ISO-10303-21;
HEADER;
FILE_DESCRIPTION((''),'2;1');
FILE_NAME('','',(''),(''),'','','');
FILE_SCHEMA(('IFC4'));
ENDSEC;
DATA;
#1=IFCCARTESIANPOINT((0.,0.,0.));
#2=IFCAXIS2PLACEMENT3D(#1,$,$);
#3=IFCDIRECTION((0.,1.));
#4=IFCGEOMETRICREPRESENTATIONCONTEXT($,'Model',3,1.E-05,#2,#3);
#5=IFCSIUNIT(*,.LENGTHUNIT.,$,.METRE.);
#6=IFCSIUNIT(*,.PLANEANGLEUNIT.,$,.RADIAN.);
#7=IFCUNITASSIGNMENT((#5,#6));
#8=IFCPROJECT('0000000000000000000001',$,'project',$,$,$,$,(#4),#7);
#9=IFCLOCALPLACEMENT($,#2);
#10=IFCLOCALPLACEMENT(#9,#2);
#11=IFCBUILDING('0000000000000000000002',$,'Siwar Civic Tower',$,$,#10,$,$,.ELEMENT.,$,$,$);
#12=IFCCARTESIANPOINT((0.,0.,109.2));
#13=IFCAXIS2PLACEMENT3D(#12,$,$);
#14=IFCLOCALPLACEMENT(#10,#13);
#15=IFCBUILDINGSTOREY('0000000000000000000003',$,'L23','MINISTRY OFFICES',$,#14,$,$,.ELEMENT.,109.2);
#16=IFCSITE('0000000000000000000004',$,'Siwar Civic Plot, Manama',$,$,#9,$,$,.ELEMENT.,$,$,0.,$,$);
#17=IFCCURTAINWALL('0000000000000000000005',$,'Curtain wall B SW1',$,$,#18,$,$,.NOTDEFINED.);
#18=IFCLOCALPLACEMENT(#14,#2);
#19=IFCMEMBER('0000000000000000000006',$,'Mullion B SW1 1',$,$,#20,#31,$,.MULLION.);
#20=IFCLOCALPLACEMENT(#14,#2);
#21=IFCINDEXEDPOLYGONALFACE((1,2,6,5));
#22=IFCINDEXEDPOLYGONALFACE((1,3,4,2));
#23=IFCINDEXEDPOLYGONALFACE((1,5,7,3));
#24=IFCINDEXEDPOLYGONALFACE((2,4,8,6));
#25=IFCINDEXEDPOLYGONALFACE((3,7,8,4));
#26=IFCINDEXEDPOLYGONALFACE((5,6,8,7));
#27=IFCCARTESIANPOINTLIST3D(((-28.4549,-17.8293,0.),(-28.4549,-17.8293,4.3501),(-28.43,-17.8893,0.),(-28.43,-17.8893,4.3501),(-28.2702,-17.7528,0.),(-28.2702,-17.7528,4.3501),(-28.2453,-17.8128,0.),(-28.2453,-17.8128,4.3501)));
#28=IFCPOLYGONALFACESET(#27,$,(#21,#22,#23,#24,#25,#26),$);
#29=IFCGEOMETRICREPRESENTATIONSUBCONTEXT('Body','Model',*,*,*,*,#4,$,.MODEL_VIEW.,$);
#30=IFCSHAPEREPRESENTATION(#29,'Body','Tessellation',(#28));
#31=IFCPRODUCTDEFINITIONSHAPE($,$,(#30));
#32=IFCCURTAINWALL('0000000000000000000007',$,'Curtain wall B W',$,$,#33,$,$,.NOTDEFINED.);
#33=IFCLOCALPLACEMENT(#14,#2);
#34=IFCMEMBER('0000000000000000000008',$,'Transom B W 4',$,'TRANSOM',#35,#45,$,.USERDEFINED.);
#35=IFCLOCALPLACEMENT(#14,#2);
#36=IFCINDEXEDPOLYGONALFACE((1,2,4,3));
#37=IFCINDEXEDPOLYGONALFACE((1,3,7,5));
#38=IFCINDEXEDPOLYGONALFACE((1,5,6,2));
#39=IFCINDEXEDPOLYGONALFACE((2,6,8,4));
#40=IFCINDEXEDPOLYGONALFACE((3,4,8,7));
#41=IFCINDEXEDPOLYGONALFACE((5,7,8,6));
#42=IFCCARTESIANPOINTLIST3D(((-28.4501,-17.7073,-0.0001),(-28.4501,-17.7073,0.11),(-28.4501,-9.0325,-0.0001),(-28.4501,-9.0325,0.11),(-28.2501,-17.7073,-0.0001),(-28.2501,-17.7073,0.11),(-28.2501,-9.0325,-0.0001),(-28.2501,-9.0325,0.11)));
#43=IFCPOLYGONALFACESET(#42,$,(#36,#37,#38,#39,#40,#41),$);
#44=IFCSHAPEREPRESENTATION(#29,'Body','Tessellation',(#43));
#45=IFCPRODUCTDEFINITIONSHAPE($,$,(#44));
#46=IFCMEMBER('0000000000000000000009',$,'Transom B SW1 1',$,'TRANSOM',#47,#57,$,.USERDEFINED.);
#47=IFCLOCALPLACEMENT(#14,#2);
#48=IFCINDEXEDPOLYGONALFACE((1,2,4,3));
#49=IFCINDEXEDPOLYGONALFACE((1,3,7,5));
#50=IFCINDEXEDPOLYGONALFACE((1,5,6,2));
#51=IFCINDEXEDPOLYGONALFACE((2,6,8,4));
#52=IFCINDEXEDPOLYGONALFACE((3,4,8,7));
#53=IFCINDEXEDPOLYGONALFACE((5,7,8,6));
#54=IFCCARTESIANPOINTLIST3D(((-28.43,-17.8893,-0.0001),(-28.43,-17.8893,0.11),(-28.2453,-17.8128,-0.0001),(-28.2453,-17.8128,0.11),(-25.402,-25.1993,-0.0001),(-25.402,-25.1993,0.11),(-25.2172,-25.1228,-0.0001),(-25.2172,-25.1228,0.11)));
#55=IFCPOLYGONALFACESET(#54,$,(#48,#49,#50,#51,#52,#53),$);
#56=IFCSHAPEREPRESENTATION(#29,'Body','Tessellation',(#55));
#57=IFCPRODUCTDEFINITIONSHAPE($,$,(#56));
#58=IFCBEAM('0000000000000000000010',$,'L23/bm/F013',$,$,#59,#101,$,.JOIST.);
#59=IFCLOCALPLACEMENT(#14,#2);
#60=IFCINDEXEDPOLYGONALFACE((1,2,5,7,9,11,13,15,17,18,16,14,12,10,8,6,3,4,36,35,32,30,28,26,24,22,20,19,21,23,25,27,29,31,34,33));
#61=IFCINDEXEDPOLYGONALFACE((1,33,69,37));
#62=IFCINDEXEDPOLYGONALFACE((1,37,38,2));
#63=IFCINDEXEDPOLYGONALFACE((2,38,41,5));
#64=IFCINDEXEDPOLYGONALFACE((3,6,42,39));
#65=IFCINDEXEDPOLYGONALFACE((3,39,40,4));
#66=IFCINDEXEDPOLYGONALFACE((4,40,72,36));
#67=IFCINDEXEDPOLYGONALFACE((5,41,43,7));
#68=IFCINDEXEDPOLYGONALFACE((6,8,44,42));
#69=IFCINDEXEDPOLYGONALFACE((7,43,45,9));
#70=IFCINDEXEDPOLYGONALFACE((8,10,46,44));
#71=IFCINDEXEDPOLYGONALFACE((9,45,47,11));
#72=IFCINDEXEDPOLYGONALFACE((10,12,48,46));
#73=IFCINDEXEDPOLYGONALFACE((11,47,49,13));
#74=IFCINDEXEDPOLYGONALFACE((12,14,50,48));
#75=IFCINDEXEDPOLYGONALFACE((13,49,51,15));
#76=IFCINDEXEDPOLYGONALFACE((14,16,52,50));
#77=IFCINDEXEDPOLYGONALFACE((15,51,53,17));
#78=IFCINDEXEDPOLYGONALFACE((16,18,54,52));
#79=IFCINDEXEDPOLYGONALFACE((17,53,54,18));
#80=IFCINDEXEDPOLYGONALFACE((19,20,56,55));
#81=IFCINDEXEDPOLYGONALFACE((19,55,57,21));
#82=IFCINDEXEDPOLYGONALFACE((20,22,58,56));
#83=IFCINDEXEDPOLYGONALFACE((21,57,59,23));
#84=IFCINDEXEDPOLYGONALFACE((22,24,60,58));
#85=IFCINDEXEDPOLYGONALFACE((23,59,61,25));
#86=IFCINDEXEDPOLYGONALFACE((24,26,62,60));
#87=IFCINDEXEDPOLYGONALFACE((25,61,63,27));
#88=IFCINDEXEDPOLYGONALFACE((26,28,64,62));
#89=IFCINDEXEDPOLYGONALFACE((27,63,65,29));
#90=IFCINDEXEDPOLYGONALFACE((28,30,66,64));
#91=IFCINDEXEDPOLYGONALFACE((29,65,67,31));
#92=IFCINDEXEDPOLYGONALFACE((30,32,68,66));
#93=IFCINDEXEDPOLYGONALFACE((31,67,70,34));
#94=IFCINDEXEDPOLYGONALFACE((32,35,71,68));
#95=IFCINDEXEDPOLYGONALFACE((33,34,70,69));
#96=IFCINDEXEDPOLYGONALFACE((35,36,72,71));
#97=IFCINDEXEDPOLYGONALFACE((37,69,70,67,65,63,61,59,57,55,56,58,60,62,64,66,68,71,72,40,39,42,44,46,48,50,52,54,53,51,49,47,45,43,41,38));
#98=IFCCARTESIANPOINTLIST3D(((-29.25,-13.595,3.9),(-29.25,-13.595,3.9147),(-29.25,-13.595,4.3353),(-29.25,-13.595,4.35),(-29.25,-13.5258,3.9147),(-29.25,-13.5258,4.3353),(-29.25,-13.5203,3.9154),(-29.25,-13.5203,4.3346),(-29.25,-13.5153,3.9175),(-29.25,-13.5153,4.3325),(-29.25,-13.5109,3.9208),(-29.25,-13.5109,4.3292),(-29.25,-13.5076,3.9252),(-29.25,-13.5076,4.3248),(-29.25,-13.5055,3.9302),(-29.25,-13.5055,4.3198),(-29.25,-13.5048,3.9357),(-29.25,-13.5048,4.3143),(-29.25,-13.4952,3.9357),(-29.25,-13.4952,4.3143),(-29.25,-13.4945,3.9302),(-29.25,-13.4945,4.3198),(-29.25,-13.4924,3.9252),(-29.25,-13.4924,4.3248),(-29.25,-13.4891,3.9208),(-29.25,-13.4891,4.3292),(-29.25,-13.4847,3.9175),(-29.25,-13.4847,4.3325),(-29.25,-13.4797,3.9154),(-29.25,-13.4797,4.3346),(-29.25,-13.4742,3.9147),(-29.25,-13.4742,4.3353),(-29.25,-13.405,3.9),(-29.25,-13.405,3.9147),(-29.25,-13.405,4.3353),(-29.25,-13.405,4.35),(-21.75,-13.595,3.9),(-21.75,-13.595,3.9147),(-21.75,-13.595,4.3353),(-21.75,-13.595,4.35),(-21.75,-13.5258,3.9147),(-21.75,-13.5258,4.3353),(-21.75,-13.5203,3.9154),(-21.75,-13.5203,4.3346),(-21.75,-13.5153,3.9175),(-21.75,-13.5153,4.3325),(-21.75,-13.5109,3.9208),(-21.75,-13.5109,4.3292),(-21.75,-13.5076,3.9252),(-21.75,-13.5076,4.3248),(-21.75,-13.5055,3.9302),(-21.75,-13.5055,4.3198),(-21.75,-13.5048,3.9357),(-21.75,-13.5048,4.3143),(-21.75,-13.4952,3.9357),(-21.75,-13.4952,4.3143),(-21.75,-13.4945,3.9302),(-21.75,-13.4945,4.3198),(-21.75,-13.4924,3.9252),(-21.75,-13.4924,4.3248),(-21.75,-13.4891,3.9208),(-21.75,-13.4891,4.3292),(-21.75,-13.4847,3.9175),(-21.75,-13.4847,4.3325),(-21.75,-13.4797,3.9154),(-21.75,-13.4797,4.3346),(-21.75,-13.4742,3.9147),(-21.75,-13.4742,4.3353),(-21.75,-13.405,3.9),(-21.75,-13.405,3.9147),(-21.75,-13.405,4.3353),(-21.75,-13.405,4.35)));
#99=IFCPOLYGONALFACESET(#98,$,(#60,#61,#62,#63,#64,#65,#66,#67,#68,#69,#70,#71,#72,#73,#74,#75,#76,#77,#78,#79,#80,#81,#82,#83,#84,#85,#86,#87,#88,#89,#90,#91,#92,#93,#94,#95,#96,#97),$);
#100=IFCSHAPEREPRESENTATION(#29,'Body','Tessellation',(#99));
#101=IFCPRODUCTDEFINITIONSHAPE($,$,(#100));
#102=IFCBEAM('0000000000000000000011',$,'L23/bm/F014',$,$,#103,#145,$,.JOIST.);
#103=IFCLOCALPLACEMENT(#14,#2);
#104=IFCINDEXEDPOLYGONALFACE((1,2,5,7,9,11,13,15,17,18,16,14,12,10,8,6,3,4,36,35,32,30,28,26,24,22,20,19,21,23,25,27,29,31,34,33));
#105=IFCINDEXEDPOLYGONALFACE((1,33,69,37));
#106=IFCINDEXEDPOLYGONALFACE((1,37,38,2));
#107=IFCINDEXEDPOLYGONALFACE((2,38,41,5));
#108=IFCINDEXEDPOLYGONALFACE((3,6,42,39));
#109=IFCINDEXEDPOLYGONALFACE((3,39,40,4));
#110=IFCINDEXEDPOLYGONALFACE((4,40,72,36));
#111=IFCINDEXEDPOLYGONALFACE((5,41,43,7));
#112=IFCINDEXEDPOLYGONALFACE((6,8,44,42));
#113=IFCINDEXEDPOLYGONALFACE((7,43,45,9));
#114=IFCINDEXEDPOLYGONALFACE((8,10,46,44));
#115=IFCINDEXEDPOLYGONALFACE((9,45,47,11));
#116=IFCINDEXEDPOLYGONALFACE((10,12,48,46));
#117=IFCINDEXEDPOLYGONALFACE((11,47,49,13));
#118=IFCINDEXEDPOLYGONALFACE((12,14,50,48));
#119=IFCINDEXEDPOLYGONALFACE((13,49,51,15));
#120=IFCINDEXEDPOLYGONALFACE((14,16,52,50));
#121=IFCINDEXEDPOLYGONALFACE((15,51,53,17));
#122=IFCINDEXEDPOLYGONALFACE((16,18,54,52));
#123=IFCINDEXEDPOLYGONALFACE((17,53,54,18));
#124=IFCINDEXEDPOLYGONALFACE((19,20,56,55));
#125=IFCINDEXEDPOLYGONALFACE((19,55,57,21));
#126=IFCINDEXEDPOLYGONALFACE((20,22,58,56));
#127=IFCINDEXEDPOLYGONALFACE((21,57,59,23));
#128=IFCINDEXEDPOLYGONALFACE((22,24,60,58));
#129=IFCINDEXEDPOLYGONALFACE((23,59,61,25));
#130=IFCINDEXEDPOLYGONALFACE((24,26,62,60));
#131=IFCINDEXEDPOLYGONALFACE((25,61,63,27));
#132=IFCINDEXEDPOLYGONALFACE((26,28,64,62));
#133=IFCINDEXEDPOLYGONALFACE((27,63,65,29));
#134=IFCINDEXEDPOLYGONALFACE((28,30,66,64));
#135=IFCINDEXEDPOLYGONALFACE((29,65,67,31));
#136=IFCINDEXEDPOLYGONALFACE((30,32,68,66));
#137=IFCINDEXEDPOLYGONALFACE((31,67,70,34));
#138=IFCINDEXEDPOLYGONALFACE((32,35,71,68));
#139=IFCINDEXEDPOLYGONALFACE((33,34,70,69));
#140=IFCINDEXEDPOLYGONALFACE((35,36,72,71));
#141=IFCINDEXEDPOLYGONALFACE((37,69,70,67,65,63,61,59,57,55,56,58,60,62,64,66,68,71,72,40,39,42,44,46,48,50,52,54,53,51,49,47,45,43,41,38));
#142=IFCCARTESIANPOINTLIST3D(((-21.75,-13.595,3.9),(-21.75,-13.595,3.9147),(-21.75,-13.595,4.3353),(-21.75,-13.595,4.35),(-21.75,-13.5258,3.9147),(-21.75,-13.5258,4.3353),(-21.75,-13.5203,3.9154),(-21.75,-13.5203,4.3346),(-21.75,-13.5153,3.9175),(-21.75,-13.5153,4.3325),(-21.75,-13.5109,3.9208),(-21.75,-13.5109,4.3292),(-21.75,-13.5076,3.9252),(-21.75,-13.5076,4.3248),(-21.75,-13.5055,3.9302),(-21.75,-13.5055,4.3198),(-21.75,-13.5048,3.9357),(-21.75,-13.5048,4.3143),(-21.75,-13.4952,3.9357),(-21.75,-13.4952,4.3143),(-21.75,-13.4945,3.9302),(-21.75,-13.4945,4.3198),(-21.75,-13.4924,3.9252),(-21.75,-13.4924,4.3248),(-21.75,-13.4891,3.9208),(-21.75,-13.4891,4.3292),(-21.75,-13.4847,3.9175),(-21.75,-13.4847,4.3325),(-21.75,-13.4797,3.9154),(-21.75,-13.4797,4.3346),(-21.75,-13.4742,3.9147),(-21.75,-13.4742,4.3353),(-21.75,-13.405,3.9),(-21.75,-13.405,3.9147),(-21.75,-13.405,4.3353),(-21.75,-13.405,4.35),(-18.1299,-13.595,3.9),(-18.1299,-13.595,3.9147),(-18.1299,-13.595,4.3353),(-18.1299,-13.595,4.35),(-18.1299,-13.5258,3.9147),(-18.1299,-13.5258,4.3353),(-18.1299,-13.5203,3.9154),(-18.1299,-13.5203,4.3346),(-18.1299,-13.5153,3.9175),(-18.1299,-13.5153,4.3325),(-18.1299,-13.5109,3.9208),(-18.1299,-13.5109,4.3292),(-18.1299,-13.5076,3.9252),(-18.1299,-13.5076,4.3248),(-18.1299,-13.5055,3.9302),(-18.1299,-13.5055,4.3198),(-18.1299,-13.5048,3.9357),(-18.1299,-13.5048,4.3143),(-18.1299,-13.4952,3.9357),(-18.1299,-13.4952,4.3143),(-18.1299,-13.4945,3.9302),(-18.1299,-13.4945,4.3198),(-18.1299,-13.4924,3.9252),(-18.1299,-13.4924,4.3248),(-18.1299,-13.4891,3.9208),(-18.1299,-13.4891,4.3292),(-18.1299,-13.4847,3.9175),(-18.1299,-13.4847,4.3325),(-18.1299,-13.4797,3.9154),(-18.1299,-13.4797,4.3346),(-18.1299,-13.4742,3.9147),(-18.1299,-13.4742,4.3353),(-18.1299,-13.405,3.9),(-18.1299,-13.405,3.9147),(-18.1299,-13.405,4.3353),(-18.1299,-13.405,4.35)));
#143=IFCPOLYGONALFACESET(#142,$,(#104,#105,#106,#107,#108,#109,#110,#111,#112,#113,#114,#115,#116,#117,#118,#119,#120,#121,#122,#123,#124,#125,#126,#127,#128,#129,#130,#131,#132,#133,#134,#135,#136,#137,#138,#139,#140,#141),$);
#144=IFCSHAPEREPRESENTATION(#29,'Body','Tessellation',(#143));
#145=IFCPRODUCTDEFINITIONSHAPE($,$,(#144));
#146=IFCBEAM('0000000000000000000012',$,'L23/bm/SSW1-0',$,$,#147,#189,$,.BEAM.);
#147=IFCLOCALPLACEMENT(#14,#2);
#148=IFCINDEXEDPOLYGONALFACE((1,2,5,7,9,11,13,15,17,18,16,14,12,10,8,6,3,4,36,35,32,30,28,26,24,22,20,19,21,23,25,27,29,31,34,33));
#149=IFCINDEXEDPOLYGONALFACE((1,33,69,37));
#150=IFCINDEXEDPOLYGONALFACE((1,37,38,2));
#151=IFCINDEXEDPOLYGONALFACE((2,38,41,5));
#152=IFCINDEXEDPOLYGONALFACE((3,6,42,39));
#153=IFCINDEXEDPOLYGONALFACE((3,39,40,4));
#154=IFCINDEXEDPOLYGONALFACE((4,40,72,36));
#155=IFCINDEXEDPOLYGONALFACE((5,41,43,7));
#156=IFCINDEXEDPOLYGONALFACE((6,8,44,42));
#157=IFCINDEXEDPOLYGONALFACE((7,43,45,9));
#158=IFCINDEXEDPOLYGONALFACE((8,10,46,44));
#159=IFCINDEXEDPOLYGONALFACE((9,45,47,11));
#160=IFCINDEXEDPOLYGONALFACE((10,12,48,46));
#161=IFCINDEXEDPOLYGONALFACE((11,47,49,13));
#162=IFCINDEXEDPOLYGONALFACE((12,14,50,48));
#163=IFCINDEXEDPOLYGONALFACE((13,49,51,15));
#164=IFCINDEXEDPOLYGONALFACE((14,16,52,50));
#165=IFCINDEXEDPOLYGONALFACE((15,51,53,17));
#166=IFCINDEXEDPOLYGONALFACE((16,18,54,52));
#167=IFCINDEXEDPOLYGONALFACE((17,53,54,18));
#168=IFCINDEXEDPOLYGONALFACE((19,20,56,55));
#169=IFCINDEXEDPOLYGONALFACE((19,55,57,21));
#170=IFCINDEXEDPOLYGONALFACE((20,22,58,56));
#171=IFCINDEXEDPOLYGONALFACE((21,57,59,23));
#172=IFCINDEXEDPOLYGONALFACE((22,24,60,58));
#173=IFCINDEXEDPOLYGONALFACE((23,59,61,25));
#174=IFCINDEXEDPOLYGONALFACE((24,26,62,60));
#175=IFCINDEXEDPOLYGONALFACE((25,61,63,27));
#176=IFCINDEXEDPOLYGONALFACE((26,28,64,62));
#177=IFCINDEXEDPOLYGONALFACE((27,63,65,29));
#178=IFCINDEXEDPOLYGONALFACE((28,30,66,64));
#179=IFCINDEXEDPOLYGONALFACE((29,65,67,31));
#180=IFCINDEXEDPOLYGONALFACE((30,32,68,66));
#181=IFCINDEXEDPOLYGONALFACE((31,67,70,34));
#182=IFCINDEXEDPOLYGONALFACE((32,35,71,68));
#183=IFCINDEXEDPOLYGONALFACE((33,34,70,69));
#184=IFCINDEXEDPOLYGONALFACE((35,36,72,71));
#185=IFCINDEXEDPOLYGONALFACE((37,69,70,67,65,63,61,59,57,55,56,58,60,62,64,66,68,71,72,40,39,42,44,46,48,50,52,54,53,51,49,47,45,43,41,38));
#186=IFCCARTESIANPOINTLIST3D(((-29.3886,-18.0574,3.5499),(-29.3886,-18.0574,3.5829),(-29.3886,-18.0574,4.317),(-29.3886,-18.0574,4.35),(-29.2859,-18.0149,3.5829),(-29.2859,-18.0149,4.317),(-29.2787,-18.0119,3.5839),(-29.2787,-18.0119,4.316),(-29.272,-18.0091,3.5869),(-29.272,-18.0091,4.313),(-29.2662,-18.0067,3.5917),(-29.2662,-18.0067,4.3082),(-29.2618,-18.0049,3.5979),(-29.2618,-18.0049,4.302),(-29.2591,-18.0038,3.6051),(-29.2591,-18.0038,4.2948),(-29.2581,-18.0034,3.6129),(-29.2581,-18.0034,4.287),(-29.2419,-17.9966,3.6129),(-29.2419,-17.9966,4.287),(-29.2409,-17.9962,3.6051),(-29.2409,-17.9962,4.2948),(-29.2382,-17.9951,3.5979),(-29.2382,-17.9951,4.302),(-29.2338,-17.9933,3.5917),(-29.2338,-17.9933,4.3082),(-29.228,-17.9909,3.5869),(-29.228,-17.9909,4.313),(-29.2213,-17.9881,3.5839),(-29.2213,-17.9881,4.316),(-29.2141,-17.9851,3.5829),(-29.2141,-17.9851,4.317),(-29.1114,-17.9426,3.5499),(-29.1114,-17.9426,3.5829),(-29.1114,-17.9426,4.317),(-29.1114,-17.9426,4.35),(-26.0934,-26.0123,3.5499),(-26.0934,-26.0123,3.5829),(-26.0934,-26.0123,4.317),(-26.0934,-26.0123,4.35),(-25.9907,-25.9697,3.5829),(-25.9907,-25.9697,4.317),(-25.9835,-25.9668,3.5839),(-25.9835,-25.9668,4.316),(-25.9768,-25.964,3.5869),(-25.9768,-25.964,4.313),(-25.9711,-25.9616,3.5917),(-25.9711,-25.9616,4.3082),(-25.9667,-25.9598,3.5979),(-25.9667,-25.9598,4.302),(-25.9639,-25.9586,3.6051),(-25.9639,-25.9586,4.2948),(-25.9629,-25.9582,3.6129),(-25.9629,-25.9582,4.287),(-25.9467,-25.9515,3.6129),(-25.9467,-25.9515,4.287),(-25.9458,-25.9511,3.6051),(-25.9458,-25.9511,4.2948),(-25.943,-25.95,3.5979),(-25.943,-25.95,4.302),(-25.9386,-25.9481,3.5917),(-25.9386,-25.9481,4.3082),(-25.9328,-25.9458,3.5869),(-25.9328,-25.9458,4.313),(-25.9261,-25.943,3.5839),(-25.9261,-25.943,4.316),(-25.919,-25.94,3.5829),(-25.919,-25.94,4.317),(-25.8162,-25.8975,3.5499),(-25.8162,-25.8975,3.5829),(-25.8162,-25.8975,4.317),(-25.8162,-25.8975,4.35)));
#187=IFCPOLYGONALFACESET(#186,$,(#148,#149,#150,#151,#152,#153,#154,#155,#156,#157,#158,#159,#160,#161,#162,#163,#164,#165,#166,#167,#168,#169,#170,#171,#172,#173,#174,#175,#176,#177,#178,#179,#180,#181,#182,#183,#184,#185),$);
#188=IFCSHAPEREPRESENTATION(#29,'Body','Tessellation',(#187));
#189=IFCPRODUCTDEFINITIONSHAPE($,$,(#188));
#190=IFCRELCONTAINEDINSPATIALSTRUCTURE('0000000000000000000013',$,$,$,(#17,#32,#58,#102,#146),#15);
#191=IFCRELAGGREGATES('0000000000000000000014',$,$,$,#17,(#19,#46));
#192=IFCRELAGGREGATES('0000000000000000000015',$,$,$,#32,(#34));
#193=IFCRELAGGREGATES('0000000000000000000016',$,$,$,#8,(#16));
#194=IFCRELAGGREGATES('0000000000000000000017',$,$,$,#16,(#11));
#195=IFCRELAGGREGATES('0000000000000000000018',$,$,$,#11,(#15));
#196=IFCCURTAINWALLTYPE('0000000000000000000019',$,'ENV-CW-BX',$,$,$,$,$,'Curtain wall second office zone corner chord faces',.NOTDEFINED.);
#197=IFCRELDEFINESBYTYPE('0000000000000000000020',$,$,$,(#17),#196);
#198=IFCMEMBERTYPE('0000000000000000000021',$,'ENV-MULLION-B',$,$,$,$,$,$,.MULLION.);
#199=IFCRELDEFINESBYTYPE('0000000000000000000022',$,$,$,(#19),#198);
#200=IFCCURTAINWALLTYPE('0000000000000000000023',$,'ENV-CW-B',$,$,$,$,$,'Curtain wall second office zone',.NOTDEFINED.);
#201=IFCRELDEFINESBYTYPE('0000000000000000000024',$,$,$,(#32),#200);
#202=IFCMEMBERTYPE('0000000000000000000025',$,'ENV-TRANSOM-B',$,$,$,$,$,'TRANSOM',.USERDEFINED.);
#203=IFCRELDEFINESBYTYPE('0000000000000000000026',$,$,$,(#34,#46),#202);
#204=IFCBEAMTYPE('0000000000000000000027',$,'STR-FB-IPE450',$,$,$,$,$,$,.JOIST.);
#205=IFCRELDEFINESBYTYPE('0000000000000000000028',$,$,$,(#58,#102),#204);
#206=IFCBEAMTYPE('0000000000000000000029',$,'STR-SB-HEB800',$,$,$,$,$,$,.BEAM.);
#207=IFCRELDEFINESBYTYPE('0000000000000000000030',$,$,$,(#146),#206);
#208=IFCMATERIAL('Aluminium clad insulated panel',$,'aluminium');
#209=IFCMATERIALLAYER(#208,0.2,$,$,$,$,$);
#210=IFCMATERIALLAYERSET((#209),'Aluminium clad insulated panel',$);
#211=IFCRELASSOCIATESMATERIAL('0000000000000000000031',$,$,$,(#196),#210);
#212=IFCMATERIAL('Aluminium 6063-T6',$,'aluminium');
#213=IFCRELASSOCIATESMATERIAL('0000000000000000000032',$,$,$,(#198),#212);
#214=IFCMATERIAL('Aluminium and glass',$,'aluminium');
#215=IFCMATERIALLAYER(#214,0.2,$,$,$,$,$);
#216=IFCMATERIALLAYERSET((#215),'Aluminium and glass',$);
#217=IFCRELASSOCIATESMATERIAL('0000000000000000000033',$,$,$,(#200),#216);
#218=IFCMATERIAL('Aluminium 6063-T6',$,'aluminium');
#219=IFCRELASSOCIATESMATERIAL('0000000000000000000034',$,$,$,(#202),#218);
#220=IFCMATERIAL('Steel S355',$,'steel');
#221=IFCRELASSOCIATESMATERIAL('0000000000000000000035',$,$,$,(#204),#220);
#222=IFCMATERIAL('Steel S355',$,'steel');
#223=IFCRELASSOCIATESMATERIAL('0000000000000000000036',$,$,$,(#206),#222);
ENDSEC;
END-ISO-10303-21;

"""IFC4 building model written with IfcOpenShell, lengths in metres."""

from ifc_helpers import new_model, si_unit, direction, frame, origin, origin_2d, place, context, subcontext, project, spatial, rectangle, i_section, extrude, material, layer, layer_set, material_profile, profile_set, type_object, element, aggregate, save


model = new_model("IFC4")

# Units and contexts
model_context = context("Model", 3, precision=1e-05, world=origin(), true_north=direction((0.0, 1.0)))
body_context = subcontext(model_context, "Body", "Model", "MODEL_VIEW")
ifc_project = project(units=[si_unit("LENGTHUNIT", "METRE"), si_unit("PLANEANGLEUNIT", "RADIAN")], contexts=[model_context])

# Site, building, storey
site_placement = place(None, origin())
site = spatial("IfcSite", under=ifc_project, at=site_placement, Name="Siwar Civic Plot, Manama", CompositionType="ELEMENT", RefElevation=0.0)
building_placement = place(site_placement, origin())
building = spatial("IfcBuilding", under=site, at=building_placement, Name="Siwar Civic Tower", CompositionType="ELEMENT")
storey_placement = place(building_placement, frame((0.0, 0.0, 109.2)))
storey = spatial("IfcBuildingStorey", under=building, at=storey_placement, Name="L23", Description="MINISTRY OFFICES", CompositionType="ELEMENT", Elevation=109.2)

# Curtain walls, members
ifc_material_1 = material(Name="Aluminium clad insulated panel", Category="aluminium")
ifc_layer_1 = layer(ifc_material_1, 0.2)
ifc_layer_set_1 = layer_set([ifc_layer_1], Name="Aluminium clad insulated panel")
curtain_wall_type_1 = type_object("IfcCurtainWallType", Name="ENV-CW-BX", ElementType="Curtain wall second office zone corner chord faces", PredefinedType="NOTDEFINED", material=ifc_layer_set_1)
curtain_wall_1_placement = place(storey_placement, origin())
curtain_wall_1 = element("IfcCurtainWall", 1, at=curtain_wall_1_placement, inside=storey, type_object=curtain_wall_type_1, Name="Curtain wall B SW1", PredefinedType="NOTDEFINED")
ifc_material_2 = material(Name="Aluminium 6063-T6", Category="aluminium")
ifc_material_profile_1 = material_profile(ifc_material_2, rectangle(XDim=0.2, YDim=0.0649, at=origin_2d()), Name="AL 200x65")
ifc_profile_set_1 = profile_set([ifc_material_profile_1], Name="Aluminium 6063-T6")
member_type_1 = type_object("IfcMemberType", Name="ENV-MULLION-B", PredefinedType="MULLION", material=ifc_profile_set_1)
member_1_placement = place(storey_placement, frame((-28.3501, -17.821, 0.0), z_axis=(0.0, 0.0, 1.0), x_axis=(0.92388, 0.382683, 0.0)))
member_1 = element("IfcMember", 2, at=member_1_placement, type_object=member_type_1, Name="Mullion B SW1 1", PredefinedType="MULLION", context=body_context, shape_type="SweptSolid", body=[
    extrude(rectangle(XDim=0.2, YDim=0.0649, at=origin_2d()), origin(), (0.0, 0.0, 1.0), 4.3501),
])
ifc_material_3 = material(Name="Aluminium and glass", Category="aluminium")
ifc_layer_2 = layer(ifc_material_3, 0.2)
ifc_layer_set_2 = layer_set([ifc_layer_2], Name="Aluminium and glass")
curtain_wall_type_2 = type_object("IfcCurtainWallType", Name="ENV-CW-B", ElementType="Curtain wall second office zone", PredefinedType="NOTDEFINED", material=ifc_layer_set_2)
curtain_wall_2_placement = place(storey_placement, origin())
curtain_wall_2 = element("IfcCurtainWall", 3, at=curtain_wall_2_placement, inside=storey, type_object=curtain_wall_type_2, Name="Curtain wall B W", PredefinedType="NOTDEFINED")
ifc_material_4 = material(Name="Aluminium 6063-T6", Category="aluminium")
ifc_material_profile_2 = material_profile(ifc_material_4, rectangle(XDim=0.2, YDim=0.1101, at=origin_2d()), Name="AL 200x110")
ifc_profile_set_2 = profile_set([ifc_material_profile_2], Name="Aluminium 6063-T6")
member_type_2 = type_object("IfcMemberType", Name="ENV-TRANSOM-B", ElementType="TRANSOM", PredefinedType="USERDEFINED", material=ifc_profile_set_2)
member_2_placement = place(storey_placement, frame((-28.3501, -9.0325, 0.0549), z_axis=(0.0, -1.0, 0.0), x_axis=(1.0, 0.0, 0.0)))
member_2 = element("IfcMember", 4, at=member_2_placement, type_object=member_type_2, Name="Transom B W 4", ObjectType="TRANSOM", PredefinedType="USERDEFINED", context=body_context, shape_type="SweptSolid", body=[
    extrude(rectangle(XDim=0.2, YDim=0.1101, at=origin_2d()), origin(), (0.0, 0.0, 1.0), 8.6748),
])

# Member
member_3_placement = place(storey_placement, frame((-28.3376, -17.8511, 0.0549), z_axis=(0.3827, -0.923873, 0.0), x_axis=(0.923873, 0.3827, 0.0)))
member_3 = element("IfcMember", 5, at=member_3_placement, type_object=member_type_2, Name="Transom B SW1 1", ObjectType="TRANSOM", PredefinedType="USERDEFINED", context=body_context, shape_type="SweptSolid", body=[
    extrude(rectangle(XDim=0.2, YDim=0.1101, at=origin_2d()), origin(), (0.0, 0.0, 1.0), 7.9124),
])
aggregate(curtain_wall_1, [member_1, member_3])

# Beams
ifc_material_5 = material(Name="Steel S355", Category="steel")
ifc_material_profile_3 = material_profile(ifc_material_5, i_section(OverallWidth=0.1899, OverallDepth=0.45, WebThickness=0.0095, FlangeThickness=0.0146, FilletRadius=0.021, at=origin_2d()), Name="IPE450")
ifc_profile_set_3 = profile_set([ifc_material_profile_3], Name="Steel S355")
beam_type_1 = type_object("IfcBeamType", Name="STR-FB-IPE450", PredefinedType="JOIST", material=ifc_profile_set_3)
beam_1_placement = place(storey_placement, frame((-29.25, -13.5, 4.125), z_axis=(1.0, 0.0, 0.0), x_axis=(0.0, 1.0, 0.0)))
element("IfcBeam", 6, at=beam_1_placement, inside=storey, type_object=beam_type_1, Name="L23/bm/F013", PredefinedType="JOIST", context=body_context, shape_type="SweptSolid", body=[
    extrude(i_section(OverallWidth=0.1899, OverallDepth=0.45, WebThickness=0.0095, FlangeThickness=0.0146, FilletRadius=0.021, at=origin_2d()), origin(), (0.0, 0.0, 1.0), 7.5),
])
beam_2_placement = place(storey_placement, frame((-21.75, -13.5, 4.125), z_axis=(1.0, 0.0, 0.0), x_axis=(0.0, 1.0, 0.0)))
element("IfcBeam", 7, at=beam_2_placement, inside=storey, type_object=beam_type_1, Name="L23/bm/F014", PredefinedType="JOIST", context=body_context, shape_type="SweptSolid", body=[
    extrude(i_section(OverallWidth=0.1899, OverallDepth=0.45, WebThickness=0.0095, FlangeThickness=0.0146, FilletRadius=0.021, at=origin_2d()), origin(), (0.0, 0.0, 1.0), 3.6201),
])
ifc_material_6 = material(Name="Steel S355", Category="steel")
ifc_material_profile_4 = material_profile(ifc_material_6, i_section(OverallWidth=0.3, OverallDepth=0.8, WebThickness=0.0176, FlangeThickness=0.033, FilletRadius=0.03, at=origin_2d()), Name="HEB800")
ifc_profile_set_4 = profile_set([ifc_material_profile_4], Name="Steel S355")
beam_type_2 = type_object("IfcBeamType", Name="STR-SB-HEB800", PredefinedType="BEAM", material=ifc_profile_set_4)
beam_3_placement = place(storey_placement, frame((-29.25, -18.0, 3.95), z_axis=(0.3827, -0.923873, 0.0), x_axis=(0.923873, 0.3827, 0.0)))
element("IfcBeam", 8, at=beam_3_placement, inside=storey, type_object=beam_type_2, Name="L23/bm/SSW1-0", PredefinedType="BEAM", context=body_context, shape_type="SweptSolid", body=[
    extrude(i_section(OverallWidth=0.3, OverallDepth=0.8, WebThickness=0.0176, FlangeThickness=0.033, FilletRadius=0.03, at=origin_2d()), origin(), (0.0, 0.0, 1.0), 8.6104),
])

aggregate(curtain_wall_2, [member_2])

save(model, "model.ifc")
